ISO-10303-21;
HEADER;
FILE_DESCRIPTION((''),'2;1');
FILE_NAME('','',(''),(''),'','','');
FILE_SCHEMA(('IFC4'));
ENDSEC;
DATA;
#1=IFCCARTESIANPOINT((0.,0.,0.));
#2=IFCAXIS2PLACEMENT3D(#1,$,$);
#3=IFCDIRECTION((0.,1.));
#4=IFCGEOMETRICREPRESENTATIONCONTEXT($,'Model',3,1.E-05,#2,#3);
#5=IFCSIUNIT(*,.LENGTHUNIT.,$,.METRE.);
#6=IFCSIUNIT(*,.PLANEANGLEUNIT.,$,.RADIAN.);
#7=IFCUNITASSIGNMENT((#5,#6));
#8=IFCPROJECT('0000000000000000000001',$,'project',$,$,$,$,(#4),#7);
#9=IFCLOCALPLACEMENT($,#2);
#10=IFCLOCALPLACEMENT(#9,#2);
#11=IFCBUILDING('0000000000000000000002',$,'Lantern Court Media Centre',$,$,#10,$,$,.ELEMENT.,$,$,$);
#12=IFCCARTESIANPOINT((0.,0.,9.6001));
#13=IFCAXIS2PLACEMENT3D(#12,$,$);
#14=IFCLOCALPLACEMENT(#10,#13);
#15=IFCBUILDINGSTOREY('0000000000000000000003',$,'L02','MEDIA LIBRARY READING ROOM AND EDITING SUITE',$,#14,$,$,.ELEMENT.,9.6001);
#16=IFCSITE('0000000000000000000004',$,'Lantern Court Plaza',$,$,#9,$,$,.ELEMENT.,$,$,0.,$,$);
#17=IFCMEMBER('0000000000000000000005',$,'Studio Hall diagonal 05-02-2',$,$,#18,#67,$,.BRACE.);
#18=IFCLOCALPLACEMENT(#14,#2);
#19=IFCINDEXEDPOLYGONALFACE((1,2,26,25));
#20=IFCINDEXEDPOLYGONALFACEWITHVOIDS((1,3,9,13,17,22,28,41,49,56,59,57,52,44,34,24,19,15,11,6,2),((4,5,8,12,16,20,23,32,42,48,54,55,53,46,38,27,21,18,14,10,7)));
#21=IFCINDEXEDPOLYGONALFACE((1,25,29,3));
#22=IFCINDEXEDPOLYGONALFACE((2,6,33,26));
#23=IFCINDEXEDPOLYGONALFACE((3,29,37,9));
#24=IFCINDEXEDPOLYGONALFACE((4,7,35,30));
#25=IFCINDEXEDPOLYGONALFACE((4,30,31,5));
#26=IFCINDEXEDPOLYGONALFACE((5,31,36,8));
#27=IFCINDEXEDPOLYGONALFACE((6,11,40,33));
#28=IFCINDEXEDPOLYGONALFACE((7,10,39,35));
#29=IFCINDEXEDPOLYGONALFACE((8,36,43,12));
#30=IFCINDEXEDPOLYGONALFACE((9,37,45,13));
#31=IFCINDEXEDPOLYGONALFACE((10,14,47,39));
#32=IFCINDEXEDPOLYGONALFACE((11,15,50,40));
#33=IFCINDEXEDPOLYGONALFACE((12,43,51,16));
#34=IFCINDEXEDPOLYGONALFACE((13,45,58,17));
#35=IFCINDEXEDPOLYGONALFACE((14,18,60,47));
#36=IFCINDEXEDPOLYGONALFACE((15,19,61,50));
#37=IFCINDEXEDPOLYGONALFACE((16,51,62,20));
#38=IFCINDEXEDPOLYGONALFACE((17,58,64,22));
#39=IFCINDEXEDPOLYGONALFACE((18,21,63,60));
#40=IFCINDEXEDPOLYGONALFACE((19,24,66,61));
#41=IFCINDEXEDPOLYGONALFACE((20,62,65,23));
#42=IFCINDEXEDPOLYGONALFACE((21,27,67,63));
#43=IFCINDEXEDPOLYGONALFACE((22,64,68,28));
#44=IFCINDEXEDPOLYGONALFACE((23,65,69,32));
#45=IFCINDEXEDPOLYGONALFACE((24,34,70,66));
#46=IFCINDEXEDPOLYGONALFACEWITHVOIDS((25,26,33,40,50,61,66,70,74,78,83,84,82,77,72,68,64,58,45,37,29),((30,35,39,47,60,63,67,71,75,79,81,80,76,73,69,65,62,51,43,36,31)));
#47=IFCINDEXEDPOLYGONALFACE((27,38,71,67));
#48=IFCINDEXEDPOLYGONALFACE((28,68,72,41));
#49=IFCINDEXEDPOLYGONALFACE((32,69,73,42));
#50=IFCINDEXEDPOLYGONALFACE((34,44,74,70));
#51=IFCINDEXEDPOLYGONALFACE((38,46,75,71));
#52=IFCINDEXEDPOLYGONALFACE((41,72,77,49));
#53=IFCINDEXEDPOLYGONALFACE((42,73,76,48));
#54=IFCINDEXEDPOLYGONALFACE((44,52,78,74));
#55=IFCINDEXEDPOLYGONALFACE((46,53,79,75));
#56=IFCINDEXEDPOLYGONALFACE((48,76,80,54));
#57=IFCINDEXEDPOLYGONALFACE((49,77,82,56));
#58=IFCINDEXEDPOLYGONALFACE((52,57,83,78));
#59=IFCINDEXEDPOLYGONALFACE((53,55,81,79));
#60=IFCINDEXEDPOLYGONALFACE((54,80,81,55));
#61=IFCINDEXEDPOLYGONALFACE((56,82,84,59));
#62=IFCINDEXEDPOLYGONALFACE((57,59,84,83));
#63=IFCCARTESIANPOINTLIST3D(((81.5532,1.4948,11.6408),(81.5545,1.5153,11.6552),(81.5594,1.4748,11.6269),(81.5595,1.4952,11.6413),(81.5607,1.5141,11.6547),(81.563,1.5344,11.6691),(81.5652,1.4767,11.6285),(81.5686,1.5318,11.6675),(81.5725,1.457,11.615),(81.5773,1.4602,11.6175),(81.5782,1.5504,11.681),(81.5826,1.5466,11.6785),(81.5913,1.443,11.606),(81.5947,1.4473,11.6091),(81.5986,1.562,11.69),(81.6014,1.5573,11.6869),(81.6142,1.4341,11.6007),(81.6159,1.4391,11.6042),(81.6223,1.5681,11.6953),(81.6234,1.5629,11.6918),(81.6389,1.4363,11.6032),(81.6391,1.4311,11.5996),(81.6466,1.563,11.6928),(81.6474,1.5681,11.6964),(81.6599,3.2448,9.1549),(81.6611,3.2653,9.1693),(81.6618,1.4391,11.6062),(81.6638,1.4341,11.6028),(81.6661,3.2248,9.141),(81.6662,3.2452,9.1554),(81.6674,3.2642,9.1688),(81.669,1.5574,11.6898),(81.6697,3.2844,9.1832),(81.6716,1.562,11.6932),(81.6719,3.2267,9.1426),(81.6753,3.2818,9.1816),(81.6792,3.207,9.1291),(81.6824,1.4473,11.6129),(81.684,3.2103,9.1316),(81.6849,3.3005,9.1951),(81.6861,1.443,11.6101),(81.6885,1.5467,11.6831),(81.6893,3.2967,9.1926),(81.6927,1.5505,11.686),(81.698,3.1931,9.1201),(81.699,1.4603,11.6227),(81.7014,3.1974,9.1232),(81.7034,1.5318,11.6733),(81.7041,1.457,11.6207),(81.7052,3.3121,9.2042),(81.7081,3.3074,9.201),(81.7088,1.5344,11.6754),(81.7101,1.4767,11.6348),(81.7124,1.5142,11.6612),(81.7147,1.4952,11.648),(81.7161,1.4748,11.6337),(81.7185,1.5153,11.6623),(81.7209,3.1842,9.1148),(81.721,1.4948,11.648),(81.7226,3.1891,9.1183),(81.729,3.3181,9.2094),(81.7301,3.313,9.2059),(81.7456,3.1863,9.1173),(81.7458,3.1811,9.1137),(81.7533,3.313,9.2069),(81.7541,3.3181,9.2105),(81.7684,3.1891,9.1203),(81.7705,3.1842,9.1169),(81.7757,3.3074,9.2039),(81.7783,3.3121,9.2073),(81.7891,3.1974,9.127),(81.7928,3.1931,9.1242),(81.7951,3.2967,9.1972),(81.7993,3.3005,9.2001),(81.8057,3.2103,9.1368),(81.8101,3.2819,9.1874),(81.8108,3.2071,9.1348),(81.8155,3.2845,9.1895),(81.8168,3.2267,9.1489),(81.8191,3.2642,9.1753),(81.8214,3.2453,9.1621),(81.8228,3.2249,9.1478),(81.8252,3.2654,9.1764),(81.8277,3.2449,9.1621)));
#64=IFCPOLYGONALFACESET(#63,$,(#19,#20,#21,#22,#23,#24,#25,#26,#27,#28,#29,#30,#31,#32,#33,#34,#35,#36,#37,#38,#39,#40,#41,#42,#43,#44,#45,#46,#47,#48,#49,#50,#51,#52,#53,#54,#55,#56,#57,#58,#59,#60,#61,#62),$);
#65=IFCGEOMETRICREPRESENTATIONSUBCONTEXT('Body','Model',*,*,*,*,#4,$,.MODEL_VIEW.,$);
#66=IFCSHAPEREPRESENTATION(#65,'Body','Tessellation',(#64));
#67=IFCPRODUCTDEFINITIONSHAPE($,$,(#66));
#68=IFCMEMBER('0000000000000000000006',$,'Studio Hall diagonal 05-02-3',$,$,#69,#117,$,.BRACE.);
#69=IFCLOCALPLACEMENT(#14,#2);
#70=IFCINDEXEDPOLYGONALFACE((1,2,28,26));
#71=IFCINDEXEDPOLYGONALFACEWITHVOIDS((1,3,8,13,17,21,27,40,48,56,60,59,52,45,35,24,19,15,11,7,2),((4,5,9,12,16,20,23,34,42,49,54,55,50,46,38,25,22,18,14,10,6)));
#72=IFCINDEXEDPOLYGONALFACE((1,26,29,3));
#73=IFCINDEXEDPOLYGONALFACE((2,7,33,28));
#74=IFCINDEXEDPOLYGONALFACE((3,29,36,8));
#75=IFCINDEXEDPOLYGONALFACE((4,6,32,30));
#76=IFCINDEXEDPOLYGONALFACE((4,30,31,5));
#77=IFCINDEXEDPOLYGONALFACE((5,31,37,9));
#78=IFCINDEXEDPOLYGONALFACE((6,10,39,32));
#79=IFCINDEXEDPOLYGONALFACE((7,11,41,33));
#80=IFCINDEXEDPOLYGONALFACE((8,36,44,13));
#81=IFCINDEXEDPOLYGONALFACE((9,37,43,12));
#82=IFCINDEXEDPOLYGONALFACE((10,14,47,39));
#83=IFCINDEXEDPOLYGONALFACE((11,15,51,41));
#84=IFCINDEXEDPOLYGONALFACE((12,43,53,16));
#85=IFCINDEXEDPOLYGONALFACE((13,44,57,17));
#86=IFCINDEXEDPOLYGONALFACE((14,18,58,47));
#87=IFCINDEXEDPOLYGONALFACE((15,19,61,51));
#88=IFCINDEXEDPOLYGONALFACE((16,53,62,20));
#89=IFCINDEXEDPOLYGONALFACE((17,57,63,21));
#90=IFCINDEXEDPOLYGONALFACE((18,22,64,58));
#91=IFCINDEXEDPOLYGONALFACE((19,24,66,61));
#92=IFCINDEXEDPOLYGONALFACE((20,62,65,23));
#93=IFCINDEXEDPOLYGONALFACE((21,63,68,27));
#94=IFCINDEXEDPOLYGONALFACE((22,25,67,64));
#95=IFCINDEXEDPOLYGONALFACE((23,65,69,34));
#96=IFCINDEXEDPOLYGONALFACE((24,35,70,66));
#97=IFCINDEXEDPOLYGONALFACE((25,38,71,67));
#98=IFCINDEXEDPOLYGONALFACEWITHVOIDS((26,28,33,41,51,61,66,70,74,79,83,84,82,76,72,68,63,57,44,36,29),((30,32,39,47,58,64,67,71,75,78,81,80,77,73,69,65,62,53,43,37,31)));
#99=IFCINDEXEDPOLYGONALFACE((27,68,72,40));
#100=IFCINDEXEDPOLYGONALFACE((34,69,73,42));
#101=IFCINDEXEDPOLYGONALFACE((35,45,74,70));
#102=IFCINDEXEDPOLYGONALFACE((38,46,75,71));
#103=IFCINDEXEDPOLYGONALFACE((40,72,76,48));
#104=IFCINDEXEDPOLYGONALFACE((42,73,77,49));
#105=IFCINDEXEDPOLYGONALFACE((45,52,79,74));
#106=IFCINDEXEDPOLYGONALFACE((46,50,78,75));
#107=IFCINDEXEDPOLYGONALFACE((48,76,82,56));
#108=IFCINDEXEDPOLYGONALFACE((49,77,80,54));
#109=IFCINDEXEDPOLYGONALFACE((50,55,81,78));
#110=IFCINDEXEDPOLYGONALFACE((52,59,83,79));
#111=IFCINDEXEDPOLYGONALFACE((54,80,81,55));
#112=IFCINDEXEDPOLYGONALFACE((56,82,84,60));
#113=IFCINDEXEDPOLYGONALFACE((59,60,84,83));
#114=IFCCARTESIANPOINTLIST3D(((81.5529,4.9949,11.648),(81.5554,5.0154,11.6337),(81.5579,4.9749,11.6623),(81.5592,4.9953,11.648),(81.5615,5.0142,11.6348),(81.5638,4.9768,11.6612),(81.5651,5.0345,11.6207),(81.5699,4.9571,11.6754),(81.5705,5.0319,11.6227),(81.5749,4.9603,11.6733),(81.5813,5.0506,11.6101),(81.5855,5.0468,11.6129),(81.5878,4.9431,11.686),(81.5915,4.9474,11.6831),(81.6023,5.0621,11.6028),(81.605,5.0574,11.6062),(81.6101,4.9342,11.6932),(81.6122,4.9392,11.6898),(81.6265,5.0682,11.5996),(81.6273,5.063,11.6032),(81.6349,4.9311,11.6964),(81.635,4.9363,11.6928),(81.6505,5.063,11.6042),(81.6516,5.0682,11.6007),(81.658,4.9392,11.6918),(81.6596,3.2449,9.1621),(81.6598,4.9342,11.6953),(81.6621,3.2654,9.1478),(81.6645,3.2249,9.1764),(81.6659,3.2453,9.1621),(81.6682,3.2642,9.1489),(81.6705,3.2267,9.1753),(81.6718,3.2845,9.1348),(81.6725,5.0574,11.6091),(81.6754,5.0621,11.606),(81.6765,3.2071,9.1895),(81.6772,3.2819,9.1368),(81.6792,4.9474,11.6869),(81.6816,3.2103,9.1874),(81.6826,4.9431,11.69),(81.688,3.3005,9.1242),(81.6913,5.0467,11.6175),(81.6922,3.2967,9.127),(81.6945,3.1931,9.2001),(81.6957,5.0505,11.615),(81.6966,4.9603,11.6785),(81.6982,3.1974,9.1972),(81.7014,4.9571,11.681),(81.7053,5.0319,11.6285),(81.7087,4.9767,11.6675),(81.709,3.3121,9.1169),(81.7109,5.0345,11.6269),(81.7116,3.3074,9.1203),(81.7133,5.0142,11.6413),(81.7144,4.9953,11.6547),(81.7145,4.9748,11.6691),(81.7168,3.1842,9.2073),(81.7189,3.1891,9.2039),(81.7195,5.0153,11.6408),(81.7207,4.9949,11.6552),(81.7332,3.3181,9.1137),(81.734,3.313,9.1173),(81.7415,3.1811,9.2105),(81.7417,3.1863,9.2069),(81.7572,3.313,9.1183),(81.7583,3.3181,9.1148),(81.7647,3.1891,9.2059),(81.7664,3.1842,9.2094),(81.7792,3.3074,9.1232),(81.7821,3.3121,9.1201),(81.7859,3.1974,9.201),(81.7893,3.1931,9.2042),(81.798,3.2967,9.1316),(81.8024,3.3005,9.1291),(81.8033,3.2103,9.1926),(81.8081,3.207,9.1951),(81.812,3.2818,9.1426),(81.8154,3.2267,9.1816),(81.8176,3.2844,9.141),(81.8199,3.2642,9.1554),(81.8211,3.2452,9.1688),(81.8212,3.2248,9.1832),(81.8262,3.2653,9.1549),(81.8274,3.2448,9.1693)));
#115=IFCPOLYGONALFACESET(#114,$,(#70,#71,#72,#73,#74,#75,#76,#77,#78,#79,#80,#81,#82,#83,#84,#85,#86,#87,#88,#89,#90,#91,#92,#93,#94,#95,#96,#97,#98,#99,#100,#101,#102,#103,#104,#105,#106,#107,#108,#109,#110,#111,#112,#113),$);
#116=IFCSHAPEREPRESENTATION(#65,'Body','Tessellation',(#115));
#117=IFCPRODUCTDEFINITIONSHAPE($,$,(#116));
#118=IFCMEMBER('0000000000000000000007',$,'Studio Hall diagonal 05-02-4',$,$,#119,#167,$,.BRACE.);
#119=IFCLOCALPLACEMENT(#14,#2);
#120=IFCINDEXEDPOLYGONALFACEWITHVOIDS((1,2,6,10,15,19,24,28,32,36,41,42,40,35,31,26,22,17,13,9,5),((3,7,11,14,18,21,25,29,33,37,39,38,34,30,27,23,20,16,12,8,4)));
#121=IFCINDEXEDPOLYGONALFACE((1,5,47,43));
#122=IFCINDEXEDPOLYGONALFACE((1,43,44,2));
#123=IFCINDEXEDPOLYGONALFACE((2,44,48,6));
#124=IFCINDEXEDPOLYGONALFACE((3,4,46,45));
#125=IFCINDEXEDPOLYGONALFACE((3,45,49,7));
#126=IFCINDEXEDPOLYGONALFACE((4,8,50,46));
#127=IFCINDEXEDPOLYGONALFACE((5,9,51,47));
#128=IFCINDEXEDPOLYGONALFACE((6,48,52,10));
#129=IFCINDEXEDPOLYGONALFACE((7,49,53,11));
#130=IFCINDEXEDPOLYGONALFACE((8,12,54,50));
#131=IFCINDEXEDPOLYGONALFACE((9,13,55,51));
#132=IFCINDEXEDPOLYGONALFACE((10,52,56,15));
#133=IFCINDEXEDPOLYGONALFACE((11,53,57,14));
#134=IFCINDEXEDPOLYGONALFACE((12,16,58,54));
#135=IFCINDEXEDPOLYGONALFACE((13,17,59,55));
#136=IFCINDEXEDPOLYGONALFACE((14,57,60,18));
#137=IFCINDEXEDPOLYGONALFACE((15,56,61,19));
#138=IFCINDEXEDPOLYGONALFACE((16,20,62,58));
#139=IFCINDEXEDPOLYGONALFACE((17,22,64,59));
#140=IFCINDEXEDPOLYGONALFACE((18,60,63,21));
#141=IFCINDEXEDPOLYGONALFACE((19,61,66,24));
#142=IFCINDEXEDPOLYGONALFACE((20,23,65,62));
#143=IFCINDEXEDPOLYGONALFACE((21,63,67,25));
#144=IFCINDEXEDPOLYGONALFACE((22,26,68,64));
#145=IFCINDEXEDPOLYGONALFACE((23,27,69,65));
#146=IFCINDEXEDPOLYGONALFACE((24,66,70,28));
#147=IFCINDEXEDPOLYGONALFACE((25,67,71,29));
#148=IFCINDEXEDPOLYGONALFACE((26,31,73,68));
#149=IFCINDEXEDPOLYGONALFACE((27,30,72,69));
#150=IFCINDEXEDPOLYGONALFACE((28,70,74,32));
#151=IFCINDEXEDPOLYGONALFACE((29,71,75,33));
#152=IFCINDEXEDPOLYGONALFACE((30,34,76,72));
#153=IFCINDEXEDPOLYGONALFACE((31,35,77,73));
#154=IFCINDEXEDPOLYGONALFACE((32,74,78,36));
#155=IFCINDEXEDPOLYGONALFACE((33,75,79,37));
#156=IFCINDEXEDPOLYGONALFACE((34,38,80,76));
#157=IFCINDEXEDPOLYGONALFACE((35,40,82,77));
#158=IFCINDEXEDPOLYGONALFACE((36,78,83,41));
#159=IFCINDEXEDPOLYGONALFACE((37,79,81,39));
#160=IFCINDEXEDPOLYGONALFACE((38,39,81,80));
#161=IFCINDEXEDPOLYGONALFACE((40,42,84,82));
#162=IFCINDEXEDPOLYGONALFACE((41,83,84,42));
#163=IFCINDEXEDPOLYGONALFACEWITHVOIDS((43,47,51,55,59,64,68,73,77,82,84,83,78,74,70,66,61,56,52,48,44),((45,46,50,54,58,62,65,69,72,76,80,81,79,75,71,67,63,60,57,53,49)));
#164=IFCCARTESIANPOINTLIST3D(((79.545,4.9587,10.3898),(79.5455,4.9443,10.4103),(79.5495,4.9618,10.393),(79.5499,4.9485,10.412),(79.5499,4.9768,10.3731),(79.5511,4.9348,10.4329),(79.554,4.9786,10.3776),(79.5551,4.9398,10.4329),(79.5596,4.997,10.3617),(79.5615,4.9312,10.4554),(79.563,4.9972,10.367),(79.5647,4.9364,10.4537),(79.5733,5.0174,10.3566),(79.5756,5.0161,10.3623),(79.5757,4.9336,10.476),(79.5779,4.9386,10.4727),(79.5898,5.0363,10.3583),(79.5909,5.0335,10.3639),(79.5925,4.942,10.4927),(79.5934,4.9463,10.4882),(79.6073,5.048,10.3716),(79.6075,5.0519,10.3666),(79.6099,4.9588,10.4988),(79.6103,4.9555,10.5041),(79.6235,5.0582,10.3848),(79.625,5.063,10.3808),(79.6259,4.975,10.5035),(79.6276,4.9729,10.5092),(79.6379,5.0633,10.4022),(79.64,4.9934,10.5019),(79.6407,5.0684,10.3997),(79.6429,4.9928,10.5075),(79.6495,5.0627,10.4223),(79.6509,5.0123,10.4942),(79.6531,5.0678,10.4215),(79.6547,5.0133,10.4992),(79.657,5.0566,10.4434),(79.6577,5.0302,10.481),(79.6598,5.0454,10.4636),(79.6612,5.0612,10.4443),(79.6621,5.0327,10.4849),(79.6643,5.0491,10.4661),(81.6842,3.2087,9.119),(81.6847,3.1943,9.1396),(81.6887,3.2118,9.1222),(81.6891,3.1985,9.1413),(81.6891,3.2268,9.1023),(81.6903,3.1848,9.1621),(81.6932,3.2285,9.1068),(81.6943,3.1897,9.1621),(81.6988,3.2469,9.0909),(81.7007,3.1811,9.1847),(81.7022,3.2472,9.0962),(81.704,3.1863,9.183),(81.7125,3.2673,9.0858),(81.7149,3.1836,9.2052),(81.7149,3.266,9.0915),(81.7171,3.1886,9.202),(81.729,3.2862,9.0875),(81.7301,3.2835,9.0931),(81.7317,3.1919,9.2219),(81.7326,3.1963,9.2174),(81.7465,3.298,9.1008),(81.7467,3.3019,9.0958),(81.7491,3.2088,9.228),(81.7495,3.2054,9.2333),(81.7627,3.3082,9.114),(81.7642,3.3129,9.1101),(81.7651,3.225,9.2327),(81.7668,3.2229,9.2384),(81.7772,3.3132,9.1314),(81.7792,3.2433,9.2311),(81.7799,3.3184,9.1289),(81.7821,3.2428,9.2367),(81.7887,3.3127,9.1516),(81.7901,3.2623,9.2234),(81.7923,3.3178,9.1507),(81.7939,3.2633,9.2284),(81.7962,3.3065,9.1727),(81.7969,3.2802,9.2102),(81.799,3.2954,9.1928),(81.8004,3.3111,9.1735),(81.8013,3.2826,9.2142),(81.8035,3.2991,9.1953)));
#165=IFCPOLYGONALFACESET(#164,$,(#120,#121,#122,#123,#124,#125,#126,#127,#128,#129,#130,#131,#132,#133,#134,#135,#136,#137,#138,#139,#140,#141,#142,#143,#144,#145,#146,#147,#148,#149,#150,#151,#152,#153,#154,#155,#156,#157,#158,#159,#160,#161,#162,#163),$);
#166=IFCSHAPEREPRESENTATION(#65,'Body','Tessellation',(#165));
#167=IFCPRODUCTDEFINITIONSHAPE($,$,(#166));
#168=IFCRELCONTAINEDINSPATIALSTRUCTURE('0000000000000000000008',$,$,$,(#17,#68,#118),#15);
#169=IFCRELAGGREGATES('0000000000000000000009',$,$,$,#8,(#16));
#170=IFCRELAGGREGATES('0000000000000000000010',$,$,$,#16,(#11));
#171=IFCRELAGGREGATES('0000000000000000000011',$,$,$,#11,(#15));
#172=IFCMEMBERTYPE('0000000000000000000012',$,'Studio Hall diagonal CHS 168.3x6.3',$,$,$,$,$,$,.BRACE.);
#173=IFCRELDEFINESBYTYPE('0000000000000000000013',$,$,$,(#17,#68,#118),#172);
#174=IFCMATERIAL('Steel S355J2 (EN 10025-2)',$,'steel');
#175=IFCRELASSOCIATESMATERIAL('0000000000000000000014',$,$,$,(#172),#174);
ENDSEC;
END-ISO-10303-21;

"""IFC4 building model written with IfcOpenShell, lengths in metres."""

from ifc_helpers import new_model, si_unit, direction, frame, origin, origin_2d, place, context, subcontext, project, spatial, hollow_circle, extrude, material, material_profile, profile_set, type_object, element, save


model = new_model("IFC4")

# Units and contexts
model_context = context("Model", 3, precision=1e-05, world=origin(), true_north=direction((0.0, 1.0)))
body_context = subcontext(model_context, "Body", "Model", "MODEL_VIEW")
ifc_project = project(units=[si_unit("LENGTHUNIT", "METRE"), si_unit("PLANEANGLEUNIT", "RADIAN")], contexts=[model_context])

# Site, building, storey
site_placement = place(None, origin())
site = spatial("IfcSite", under=ifc_project, at=site_placement, Name="Lantern Court Plaza", CompositionType="ELEMENT", RefElevation=0.0)
building_placement = place(site_placement, origin())
building = spatial("IfcBuilding", under=site, at=building_placement, Name="Lantern Court Media Centre", CompositionType="ELEMENT")
storey_placement = place(building_placement, frame((0.0, 0.0, 9.6001)))
storey = spatial("IfcBuildingStorey", under=building, at=storey_placement, Name="L02", Description="MEDIA LIBRARY READING ROOM AND EDITING SUITE", CompositionType="ELEMENT", Elevation=9.6001)

# Members
ifc_material = material(Name="Steel S355J2 (EN 10025-2)", Category="steel")
ifc_material_profile_1 = material_profile(ifc_material, hollow_circle(Radius=0.0842, WallThickness=0.0063, at=origin_2d()), Name="Studio Hall diagonal CHS 168.3x6.3")
ifc_profile_set_1 = profile_set([ifc_material_profile_1], Name="Steel S355J2 (EN 10025-2)")
member_type_1 = type_object("IfcMemberType", Name="Studio Hall diagonal CHS 168.3x6.3", PredefinedType="BRACE", material=ifc_profile_set_1)
for number, where, z_axis, x_axis, name in (
    (1, (81.7437, 3.25, 9.1621), (-0.035073, -0.575294, 0.817194), (0.998147, -0.060852, 0.0), "Studio Hall diagonal 05-02-2"),
    (2, (81.7437, 3.25, 9.1621), (-0.035073, 0.575294, 0.817194), (-0.998147, -0.060852, 0.0), "Studio Hall diagonal 05-02-3"),
    (3, (81.7437, 3.25, 9.1621), (-0.703225, 0.575293, 0.417746), (-0.63319, -0.773997, 0.0), "Studio Hall diagonal 05-02-4"),
):
    element("IfcMember", number, at=place(storey_placement, frame(where, z_axis=z_axis, x_axis=x_axis)), inside=storey, type_object=member_type_1, Name=name, PredefinedType="BRACE", context=body_context, shape_type="SweptSolid", body=[
        extrude(hollow_circle(Radius=0.0842, WallThickness=0.0063, at=origin_2d()), origin(), (0.0, 0.0, 1.0), 3.042),
    ])

save(model, "model.ifc")
